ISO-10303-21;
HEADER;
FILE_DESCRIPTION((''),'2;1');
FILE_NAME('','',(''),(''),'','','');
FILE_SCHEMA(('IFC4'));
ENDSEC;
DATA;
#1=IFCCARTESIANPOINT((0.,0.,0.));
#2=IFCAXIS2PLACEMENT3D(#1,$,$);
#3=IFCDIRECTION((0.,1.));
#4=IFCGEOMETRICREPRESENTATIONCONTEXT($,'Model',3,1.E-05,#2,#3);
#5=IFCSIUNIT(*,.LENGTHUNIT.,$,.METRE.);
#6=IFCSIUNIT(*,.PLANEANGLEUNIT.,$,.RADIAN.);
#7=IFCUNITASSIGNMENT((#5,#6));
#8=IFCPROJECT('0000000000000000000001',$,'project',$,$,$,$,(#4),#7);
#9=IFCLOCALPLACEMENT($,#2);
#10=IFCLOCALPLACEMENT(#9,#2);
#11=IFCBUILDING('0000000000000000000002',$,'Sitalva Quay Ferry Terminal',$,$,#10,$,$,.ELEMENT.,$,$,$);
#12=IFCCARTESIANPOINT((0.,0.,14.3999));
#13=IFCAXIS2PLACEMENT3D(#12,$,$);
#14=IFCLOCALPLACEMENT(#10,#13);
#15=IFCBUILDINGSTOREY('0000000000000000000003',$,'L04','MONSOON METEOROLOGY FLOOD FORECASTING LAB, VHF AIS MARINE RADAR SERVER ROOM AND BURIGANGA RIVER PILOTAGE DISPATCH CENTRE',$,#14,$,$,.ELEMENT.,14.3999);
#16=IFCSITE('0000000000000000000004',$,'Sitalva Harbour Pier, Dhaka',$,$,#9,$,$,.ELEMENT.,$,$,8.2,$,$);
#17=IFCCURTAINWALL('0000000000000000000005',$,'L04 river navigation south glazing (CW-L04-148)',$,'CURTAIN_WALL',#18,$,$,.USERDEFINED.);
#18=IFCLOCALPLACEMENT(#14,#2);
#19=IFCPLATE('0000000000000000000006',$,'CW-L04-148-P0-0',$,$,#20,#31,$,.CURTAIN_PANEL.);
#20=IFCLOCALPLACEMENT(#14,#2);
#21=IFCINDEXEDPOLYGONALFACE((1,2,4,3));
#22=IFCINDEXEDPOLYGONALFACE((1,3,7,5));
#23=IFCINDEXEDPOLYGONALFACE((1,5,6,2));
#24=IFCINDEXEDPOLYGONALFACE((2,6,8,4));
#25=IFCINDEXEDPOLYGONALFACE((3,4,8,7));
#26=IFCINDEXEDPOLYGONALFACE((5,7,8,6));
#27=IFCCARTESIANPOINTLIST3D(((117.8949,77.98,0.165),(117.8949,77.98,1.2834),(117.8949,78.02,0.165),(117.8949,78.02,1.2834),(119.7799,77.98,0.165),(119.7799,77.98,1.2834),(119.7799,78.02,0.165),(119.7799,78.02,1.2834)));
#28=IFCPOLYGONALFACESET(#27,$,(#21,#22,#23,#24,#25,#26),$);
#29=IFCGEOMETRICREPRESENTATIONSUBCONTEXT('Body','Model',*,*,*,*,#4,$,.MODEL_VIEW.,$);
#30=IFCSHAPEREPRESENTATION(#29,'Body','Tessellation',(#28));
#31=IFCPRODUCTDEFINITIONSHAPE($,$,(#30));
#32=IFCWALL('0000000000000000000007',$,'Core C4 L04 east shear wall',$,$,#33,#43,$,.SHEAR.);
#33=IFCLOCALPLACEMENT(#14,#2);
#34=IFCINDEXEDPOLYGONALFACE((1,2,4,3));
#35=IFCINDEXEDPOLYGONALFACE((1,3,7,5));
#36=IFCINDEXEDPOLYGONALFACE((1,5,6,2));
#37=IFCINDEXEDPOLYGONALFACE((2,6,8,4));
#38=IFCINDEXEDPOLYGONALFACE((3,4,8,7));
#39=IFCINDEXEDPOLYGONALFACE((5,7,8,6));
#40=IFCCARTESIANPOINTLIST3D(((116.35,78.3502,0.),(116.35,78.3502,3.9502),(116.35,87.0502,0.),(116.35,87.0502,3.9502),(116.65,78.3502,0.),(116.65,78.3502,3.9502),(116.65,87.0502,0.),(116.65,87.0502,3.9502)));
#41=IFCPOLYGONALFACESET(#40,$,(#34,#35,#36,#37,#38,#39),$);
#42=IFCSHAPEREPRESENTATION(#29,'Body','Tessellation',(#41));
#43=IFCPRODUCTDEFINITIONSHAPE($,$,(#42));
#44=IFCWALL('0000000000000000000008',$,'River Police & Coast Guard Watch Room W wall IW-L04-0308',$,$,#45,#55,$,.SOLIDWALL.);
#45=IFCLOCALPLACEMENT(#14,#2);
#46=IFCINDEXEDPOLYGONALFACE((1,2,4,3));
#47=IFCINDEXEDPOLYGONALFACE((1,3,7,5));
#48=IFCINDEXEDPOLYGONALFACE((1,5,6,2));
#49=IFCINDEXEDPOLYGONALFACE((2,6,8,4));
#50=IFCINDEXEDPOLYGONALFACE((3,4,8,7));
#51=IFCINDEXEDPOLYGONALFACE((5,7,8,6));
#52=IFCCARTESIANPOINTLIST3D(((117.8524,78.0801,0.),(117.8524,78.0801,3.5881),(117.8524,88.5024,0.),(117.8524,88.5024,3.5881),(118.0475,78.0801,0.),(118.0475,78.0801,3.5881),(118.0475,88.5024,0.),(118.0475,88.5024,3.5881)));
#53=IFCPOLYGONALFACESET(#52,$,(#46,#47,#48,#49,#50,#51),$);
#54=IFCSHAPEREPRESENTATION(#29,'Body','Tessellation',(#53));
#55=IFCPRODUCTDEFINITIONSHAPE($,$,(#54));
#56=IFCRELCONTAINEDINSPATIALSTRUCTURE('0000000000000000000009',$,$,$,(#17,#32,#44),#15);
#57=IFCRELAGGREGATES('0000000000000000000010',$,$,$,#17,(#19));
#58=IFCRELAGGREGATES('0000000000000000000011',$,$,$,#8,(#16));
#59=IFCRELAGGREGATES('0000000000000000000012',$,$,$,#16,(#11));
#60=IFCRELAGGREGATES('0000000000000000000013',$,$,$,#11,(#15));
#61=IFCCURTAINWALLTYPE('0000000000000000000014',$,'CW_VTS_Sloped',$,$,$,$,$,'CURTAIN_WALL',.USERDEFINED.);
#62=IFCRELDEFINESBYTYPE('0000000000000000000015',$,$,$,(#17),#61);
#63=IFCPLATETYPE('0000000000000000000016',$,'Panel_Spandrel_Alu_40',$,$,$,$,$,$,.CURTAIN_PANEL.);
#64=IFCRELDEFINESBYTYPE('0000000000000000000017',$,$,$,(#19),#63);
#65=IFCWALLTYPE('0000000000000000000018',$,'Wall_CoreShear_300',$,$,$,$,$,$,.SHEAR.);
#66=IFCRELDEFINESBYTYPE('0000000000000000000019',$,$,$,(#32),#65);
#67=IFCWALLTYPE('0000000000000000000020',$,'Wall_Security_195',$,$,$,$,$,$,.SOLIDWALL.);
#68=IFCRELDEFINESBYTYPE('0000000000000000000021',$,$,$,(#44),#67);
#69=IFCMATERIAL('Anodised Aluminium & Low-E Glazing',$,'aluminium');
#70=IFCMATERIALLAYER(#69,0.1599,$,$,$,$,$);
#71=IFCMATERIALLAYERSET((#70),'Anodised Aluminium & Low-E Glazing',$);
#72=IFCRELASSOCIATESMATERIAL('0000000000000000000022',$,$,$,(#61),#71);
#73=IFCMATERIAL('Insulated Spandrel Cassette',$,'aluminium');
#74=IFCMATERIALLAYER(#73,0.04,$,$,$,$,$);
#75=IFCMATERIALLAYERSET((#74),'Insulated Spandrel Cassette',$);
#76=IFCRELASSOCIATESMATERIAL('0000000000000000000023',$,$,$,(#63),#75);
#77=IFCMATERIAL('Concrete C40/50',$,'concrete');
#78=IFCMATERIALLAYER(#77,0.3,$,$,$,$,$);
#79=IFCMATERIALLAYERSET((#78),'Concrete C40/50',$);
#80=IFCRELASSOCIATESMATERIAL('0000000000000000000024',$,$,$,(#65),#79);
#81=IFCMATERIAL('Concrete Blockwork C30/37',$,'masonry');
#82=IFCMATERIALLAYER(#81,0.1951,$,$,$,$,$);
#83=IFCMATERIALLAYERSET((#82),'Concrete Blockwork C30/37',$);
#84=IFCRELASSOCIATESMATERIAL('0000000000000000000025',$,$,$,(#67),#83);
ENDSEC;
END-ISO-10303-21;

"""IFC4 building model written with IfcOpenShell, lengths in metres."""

from ifc_helpers import new_model, si_unit, direction, frame, frame_2d, origin, origin_2d, place, context, subcontext, project, spatial, rectangle, extrude, material, layer, layer_set, type_object, element, aggregate, save


model = new_model("IFC4")

# Units and contexts
model_context = context("Model", 3, precision=1e-05, world=origin(), true_north=direction((0.0, 1.0)))
body_context = subcontext(model_context, "Body", "Model", "MODEL_VIEW")
ifc_project = project(units=[si_unit("LENGTHUNIT", "METRE"), si_unit("PLANEANGLEUNIT", "RADIAN")], contexts=[model_context])

# Site, building, storey
site_placement = place(None, origin())
site = spatial("IfcSite", under=ifc_project, at=site_placement, Name="Sitalva Harbour Pier, Dhaka", CompositionType="ELEMENT", RefElevation=8.2)
building_placement = place(site_placement, origin())
building = spatial("IfcBuilding", under=site, at=building_placement, Name="Sitalva Quay Ferry Terminal", CompositionType="ELEMENT")
storey_placement = place(building_placement, frame((0.0, 0.0, 14.3999)))
storey = spatial("IfcBuildingStorey", under=building, at=storey_placement, Name="L04", Description="MONSOON METEOROLOGY FLOOD FORECASTING LAB, VHF AIS MARINE RADAR SERVER ROOM AND BURIGANGA RIVER PILOTAGE DISPATCH CENTRE", CompositionType="ELEMENT", Elevation=14.3999)

# Shared definitions
ifc_material_1 = material(Name="Anodised Aluminium & Low-E Glazing", Category="aluminium")
ifc_layer_1 = layer(ifc_material_1, 0.1599)
ifc_layer_set_1 = layer_set([ifc_layer_1], Name="Anodised Aluminium & Low-E Glazing")
curtain_wall_type = type_object("IfcCurtainWallType", Name="CW_VTS_Sloped", ElementType="CURTAIN_WALL", PredefinedType="USERDEFINED", material=ifc_layer_set_1)

# Curtain wall
curtain_wall_1_placement = place(storey_placement, origin())
curtain_wall_1 = element("IfcCurtainWall", 1, at=curtain_wall_1_placement, inside=storey, type_object=curtain_wall_type, Name="L04 river navigation south glazing (CW-L04-148)", ObjectType="CURTAIN_WALL", PredefinedType="USERDEFINED")

# Plate
ifc_material_2 = material(Name="Insulated Spandrel Cassette", Category="aluminium")
ifc_layer_2 = layer(ifc_material_2, 0.04)
ifc_layer_set_2 = layer_set([ifc_layer_2], Name="Insulated Spandrel Cassette")
plate_type_1 = type_object("IfcPlateType", Name="Panel_Spandrel_Alu_40", PredefinedType="CURTAIN_PANEL", material=ifc_layer_set_2)
plate_1_placement = place(storey_placement, frame((118.8374, 78.0, 0.165), z_axis=(0.0, 0.0, 1.0), x_axis=(1.0, 0.0, 0.0)))
plate_1 = element("IfcPlate", 2, at=plate_1_placement, type_object=plate_type_1, Name="CW-L04-148-P0-0", PredefinedType="CURTAIN_PANEL", context=body_context, shape_type="SweptSolid", body=[
    extrude(rectangle(XDim=1.885, YDim=0.04, at=origin_2d()), origin(), (0.0, 0.0, 1.0), 1.1184),
])
aggregate(curtain_wall_1, [plate_1])

# Walls
ifc_material_3 = material(Name="Concrete C40/50", Category="concrete")
ifc_layer_3 = layer(ifc_material_3, 0.3)
ifc_layer_set_3 = layer_set([ifc_layer_3], Name="Concrete C40/50")
wall_type_1 = type_object("IfcWallType", Name="Wall_CoreShear_300", PredefinedType="SHEAR", material=ifc_layer_set_3)
wall_1_placement = place(storey_placement, frame((116.5, 78.3501, 0.0), z_axis=(0.0, 0.0, 1.0), x_axis=(0.0, 1.0, 0.0)))
element("IfcWall", 3, at=wall_1_placement, inside=storey, type_object=wall_type_1, Name="Core C4 L04 east shear wall", PredefinedType="SHEAR", context=body_context, shape_type="SweptSolid", body=[
    extrude(rectangle(XDim=8.7, YDim=0.3, at=frame_2d((4.3501, 0.0))), origin(), (0.0, 0.0, 1.0), 3.9502),
])
ifc_material_4 = material(Name="Concrete Blockwork C30/37", Category="masonry")
ifc_layer_4 = layer(ifc_material_4, 0.1951)
ifc_layer_set_4 = layer_set([ifc_layer_4], Name="Concrete Blockwork C30/37")
wall_type_2 = type_object("IfcWallType", Name="Wall_Security_195", PredefinedType="SOLIDWALL", material=ifc_layer_set_4)
wall_2_placement = place(storey_placement, frame((117.95, 78.0801, 0.0), z_axis=(0.0, 0.0, 1.0), x_axis=(0.0, 1.0, 0.0)))
element("IfcWall", 4, at=wall_2_placement, inside=storey, type_object=wall_type_2, Name="River Police & Coast Guard Watch Room W wall IW-L04-0308", PredefinedType="SOLIDWALL", context=body_context, shape_type="SweptSolid", body=[
    extrude(rectangle(XDim=10.4224, YDim=0.1951, at=frame_2d((5.2112, 0.0))), origin(), (0.0, 0.0, 1.0), 3.5881),
])

save(model, "model.ifc")
